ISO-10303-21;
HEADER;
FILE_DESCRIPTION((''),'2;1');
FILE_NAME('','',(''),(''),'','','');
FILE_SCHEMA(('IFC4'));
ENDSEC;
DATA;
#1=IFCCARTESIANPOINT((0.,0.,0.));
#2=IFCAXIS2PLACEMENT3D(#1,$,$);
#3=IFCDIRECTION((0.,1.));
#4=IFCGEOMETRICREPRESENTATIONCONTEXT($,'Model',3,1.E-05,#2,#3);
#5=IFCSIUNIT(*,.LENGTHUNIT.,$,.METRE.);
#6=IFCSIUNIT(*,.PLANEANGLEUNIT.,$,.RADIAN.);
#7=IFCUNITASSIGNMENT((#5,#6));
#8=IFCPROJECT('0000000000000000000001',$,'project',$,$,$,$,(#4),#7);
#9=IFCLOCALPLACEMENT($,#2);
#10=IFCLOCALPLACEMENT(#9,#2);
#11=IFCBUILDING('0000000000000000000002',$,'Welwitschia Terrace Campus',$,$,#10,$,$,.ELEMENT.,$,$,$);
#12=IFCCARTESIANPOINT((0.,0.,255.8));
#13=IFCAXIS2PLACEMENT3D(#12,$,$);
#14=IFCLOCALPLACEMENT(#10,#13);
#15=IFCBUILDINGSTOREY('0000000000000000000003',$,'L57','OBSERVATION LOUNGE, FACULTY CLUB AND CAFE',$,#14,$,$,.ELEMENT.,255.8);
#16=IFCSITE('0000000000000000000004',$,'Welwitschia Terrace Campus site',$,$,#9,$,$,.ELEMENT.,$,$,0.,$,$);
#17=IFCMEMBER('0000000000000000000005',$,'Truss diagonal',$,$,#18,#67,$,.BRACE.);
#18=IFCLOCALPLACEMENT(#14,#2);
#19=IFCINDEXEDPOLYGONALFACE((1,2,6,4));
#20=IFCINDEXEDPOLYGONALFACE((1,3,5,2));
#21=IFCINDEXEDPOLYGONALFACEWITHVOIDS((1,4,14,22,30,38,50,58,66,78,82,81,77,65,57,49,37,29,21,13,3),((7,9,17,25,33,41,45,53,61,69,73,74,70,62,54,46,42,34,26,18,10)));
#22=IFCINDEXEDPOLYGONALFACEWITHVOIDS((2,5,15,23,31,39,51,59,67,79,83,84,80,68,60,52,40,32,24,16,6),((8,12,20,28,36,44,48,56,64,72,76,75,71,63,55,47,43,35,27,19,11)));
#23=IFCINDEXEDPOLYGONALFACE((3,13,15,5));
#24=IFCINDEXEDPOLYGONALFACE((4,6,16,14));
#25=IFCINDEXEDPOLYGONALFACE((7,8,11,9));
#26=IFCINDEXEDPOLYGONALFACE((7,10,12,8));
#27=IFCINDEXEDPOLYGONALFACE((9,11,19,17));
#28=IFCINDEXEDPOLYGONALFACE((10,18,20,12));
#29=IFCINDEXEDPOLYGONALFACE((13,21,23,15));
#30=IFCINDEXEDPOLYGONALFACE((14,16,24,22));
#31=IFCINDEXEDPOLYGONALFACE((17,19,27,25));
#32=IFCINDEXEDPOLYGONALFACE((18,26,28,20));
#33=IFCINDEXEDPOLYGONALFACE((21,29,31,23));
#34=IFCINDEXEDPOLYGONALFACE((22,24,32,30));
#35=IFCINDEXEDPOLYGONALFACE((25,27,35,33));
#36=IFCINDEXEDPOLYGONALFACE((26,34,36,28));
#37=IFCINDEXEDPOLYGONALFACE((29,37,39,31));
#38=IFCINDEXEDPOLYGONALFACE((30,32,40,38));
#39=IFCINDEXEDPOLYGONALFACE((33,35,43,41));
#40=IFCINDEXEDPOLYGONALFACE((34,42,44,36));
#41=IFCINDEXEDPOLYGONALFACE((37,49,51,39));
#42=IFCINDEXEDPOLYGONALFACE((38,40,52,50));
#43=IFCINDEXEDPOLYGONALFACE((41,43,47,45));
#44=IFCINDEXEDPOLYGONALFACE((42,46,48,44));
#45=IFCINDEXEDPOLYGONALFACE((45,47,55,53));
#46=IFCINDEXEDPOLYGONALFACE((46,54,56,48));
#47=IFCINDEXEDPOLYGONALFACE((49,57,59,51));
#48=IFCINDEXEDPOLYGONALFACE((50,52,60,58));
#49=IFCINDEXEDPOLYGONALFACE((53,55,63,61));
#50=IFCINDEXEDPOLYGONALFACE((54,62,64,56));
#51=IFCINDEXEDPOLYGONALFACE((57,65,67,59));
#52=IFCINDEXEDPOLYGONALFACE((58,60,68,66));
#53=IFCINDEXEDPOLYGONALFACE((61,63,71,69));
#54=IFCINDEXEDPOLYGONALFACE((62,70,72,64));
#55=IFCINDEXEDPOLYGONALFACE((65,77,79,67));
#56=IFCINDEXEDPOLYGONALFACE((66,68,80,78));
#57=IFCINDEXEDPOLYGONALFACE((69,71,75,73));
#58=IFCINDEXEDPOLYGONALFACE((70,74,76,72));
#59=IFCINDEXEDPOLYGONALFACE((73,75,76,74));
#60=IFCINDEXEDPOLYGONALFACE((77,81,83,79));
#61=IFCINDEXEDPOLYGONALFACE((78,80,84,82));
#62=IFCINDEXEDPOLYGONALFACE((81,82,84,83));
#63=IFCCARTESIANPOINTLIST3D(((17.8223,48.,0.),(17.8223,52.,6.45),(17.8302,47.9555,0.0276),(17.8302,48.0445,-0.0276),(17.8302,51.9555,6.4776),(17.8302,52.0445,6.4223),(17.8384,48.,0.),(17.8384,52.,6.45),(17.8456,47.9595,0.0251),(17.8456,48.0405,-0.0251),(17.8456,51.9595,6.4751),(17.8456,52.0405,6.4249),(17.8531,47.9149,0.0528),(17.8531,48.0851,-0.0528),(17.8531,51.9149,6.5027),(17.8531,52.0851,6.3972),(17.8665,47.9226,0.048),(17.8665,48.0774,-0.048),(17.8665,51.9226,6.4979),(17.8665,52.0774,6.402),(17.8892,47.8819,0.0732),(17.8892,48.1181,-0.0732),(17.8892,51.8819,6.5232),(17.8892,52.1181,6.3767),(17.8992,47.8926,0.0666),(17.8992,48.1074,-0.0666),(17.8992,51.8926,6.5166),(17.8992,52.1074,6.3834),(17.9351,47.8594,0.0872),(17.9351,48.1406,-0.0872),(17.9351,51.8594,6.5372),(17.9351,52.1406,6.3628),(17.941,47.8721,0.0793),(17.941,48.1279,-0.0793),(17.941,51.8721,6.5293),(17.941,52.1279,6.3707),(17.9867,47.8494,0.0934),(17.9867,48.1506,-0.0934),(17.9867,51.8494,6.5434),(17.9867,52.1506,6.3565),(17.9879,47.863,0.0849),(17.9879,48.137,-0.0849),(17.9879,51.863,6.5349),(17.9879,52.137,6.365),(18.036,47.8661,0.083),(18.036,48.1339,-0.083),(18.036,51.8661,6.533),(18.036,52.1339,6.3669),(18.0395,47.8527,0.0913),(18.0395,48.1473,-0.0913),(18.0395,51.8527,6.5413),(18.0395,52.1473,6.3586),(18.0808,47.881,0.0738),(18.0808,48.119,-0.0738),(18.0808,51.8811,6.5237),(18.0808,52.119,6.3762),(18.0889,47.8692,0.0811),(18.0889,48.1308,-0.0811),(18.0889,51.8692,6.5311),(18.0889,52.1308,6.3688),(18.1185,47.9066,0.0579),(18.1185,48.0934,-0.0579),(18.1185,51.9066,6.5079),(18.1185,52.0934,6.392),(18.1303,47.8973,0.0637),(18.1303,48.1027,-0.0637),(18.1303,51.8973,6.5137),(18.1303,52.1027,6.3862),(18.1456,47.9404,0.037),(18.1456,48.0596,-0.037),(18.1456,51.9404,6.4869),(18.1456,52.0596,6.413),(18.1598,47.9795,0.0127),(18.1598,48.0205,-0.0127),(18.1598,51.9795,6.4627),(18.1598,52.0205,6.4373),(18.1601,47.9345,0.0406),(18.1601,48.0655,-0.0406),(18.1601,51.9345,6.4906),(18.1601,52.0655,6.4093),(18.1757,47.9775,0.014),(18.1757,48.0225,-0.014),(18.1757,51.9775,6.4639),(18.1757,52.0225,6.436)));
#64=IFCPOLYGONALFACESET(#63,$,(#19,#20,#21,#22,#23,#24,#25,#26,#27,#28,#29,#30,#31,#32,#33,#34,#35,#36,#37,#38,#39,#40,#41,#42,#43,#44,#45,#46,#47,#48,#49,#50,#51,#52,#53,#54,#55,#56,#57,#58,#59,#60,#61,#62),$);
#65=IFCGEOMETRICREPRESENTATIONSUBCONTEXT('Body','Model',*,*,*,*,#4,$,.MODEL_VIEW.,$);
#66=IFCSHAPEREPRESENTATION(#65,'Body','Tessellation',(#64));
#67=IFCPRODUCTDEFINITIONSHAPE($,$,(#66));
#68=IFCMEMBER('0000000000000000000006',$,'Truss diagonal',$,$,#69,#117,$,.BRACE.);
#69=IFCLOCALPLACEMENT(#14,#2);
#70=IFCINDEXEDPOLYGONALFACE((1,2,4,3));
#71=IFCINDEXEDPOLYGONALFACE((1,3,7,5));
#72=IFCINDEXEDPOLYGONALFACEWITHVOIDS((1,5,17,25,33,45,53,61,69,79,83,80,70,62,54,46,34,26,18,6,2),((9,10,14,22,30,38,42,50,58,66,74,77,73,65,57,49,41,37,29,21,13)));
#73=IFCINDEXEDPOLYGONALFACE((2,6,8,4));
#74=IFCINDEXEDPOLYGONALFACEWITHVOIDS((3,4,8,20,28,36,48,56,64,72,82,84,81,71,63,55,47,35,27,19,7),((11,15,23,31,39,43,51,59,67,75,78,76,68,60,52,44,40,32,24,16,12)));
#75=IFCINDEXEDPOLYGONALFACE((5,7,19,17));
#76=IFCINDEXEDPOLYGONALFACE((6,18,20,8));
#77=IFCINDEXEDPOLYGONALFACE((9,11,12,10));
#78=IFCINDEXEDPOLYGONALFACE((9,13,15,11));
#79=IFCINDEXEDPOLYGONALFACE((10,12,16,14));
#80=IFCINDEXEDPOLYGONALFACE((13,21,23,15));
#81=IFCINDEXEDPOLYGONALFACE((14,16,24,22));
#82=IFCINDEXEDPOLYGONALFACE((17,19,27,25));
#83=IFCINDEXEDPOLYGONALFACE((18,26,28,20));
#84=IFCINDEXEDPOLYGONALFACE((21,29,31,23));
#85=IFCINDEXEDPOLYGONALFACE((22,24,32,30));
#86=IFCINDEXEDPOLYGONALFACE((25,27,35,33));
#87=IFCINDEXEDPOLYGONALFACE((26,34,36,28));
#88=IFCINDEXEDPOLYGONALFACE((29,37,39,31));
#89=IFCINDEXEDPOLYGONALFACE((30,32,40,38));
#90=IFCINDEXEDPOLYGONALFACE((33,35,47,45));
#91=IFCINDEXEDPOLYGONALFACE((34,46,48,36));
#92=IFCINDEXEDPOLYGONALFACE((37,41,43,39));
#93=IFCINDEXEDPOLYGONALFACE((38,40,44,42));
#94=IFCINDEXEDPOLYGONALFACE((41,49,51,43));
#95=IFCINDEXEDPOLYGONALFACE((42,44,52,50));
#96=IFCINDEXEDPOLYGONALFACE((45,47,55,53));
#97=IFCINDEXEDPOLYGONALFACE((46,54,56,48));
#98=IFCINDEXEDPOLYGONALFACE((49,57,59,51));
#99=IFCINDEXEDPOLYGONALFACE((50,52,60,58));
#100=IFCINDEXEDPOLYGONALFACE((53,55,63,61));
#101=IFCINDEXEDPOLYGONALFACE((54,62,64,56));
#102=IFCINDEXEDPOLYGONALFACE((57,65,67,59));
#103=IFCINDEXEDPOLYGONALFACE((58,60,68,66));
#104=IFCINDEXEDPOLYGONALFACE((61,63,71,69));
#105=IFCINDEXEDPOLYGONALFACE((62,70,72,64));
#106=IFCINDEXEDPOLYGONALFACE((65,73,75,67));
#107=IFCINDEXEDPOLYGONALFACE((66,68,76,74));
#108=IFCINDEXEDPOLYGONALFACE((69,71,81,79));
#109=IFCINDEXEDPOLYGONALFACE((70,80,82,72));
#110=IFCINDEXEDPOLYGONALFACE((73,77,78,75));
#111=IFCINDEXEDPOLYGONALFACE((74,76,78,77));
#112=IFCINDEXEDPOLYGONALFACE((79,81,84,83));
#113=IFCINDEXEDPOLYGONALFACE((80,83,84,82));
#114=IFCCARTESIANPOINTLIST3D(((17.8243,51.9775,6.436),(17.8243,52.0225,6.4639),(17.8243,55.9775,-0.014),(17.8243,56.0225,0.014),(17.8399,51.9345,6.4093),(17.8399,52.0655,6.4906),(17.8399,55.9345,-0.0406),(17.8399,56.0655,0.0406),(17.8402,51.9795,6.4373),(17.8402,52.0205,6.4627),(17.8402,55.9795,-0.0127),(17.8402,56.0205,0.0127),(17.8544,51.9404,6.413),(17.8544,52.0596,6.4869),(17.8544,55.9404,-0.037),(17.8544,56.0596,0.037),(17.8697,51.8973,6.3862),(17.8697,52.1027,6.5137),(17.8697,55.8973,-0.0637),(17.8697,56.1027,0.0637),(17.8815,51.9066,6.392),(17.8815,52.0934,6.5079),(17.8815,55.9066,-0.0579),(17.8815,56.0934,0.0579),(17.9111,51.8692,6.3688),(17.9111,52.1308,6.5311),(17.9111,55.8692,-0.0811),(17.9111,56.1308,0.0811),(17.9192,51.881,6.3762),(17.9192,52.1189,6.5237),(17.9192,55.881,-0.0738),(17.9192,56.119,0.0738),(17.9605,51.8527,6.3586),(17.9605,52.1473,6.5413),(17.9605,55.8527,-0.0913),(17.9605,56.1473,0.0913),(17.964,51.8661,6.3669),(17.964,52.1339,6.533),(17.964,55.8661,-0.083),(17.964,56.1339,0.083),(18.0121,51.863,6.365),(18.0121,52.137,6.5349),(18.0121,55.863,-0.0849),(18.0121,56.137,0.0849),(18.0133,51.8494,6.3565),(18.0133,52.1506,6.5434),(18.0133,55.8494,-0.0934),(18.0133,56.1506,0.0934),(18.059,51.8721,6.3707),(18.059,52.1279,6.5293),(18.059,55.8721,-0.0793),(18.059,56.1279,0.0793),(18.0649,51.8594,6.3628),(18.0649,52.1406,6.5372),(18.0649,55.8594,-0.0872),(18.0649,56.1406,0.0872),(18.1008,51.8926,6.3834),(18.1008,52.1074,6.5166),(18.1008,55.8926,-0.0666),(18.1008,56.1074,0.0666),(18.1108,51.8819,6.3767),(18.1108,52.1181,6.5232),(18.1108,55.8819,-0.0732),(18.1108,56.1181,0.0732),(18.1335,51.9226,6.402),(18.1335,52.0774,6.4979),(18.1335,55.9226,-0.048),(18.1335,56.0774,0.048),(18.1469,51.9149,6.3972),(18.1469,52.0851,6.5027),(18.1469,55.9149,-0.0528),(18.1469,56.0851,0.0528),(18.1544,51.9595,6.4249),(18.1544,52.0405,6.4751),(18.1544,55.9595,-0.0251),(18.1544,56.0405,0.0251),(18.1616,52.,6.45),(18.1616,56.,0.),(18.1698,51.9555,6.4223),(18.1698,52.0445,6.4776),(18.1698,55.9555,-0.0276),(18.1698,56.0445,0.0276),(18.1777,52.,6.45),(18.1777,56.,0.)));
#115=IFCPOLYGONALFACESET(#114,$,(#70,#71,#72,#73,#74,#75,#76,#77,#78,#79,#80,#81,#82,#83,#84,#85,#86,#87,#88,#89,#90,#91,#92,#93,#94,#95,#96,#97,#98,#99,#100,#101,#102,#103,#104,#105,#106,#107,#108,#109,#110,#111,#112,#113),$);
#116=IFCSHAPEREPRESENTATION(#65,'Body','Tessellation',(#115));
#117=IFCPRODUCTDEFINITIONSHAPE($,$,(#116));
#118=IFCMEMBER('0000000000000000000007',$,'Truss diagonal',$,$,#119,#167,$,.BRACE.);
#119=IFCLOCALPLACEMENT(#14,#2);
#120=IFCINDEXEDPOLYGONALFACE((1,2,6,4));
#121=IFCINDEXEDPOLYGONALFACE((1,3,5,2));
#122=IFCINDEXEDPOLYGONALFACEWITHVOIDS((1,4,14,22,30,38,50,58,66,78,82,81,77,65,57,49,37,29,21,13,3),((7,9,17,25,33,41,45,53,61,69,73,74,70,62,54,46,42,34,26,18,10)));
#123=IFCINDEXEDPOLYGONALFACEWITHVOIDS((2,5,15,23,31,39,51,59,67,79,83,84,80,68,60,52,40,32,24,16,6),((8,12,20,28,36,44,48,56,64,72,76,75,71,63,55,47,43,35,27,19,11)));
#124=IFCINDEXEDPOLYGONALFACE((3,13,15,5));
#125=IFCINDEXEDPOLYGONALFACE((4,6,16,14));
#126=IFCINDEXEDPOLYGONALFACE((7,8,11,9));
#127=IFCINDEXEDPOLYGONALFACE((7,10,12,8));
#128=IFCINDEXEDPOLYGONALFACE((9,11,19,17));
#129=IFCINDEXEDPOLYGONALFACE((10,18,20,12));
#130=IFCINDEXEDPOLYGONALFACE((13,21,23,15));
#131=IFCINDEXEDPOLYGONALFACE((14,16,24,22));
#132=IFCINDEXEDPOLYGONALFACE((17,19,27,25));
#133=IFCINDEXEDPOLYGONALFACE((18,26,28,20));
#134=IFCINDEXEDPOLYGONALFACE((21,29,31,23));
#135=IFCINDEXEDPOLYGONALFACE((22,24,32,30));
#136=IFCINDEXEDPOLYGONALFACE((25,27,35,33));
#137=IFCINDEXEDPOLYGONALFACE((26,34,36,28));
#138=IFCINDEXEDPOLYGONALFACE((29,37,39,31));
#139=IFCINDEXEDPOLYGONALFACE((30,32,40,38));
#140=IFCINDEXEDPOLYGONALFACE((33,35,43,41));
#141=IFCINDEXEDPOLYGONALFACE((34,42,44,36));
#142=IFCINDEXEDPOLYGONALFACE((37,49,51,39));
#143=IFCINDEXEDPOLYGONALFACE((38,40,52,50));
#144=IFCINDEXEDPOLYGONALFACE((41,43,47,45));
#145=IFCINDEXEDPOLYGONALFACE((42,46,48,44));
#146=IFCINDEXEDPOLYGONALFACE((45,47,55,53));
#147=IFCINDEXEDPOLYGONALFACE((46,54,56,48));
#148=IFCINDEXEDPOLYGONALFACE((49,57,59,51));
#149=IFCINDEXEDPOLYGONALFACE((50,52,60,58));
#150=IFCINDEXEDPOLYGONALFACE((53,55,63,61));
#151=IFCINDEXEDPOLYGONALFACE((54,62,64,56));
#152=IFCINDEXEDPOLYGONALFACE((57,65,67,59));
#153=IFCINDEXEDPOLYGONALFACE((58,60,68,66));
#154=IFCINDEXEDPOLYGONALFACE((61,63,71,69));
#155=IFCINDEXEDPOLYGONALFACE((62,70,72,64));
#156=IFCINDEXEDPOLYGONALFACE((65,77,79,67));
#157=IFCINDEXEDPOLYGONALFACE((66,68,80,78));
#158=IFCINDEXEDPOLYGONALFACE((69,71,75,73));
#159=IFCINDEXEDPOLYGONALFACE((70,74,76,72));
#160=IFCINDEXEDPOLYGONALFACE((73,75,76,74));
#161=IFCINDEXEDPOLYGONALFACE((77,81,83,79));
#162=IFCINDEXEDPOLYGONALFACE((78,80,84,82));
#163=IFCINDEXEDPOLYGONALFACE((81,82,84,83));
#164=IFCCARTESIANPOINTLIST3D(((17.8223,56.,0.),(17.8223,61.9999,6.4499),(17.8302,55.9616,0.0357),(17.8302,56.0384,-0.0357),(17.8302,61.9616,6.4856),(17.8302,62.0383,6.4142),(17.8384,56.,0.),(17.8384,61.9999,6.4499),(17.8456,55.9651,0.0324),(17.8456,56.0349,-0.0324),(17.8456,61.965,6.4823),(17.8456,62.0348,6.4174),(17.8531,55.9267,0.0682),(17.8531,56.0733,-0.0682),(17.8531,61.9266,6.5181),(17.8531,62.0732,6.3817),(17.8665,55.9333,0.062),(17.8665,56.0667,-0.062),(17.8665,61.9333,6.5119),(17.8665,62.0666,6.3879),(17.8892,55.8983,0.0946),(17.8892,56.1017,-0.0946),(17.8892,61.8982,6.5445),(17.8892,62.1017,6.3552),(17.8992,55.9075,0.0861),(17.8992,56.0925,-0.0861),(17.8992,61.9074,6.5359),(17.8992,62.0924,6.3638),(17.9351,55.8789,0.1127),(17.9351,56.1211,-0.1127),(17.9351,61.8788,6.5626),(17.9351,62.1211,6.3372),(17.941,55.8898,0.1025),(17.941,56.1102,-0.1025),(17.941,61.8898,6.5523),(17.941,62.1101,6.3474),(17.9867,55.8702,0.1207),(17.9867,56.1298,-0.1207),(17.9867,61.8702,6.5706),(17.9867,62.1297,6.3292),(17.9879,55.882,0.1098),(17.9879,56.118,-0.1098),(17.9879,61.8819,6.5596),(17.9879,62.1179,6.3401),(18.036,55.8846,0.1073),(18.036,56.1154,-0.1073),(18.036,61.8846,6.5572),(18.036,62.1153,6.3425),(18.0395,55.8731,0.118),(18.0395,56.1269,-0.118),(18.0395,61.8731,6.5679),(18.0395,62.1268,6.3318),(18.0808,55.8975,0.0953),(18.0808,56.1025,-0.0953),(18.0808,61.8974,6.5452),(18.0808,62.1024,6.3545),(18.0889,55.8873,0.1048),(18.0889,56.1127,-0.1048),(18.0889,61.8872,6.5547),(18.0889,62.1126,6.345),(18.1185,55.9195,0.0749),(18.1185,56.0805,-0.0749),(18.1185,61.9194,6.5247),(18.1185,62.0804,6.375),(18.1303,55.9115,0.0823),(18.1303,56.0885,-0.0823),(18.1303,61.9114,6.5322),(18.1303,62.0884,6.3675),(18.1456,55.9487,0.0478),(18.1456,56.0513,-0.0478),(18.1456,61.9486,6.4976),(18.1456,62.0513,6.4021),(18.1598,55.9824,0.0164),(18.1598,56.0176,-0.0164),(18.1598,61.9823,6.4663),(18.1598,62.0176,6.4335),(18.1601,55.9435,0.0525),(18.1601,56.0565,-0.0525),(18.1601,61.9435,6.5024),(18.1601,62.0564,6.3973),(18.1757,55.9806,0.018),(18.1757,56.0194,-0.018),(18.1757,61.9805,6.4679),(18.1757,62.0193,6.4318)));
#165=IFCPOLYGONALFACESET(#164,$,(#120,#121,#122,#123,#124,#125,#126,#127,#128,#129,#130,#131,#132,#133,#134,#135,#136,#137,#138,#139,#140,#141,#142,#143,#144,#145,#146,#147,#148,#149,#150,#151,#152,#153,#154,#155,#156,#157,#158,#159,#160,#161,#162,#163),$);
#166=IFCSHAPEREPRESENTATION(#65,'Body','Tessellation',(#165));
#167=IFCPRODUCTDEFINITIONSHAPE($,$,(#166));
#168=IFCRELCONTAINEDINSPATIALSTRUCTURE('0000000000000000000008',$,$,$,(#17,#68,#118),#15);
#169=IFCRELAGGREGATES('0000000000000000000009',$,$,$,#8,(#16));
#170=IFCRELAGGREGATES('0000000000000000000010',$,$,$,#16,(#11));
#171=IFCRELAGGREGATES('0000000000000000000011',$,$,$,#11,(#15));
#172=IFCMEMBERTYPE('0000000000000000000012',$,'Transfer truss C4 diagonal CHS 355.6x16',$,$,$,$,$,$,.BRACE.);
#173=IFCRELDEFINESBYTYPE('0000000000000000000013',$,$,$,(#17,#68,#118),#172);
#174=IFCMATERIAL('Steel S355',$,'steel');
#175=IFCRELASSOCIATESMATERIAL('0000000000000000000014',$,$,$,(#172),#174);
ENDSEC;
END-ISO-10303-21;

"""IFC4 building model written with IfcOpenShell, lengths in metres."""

from ifc_helpers import new_model, si_unit, direction, frame, origin, origin_2d, place, context, subcontext, project, spatial, hollow_circle, extrude, material, material_profile, profile_set, type_object, element, save


model = new_model("IFC4")

# Units and contexts
model_context = context("Model", 3, precision=1e-05, world=origin(), true_north=direction((0.0, 1.0)))
body_context = subcontext(model_context, "Body", "Model", "MODEL_VIEW")
ifc_project = project(units=[si_unit("LENGTHUNIT", "METRE"), si_unit("PLANEANGLEUNIT", "RADIAN")], contexts=[model_context])

# Site, building, storey
site_placement = place(None, origin())
site = spatial("IfcSite", under=ifc_project, at=site_placement, Name="Welwitschia Terrace Campus site", CompositionType="ELEMENT", RefElevation=0.0)
building_placement = place(site_placement, origin())
building = spatial("IfcBuilding", under=site, at=building_placement, Name="Welwitschia Terrace Campus", CompositionType="ELEMENT")
storey_placement = place(building_placement, frame((0.0, 0.0, 255.8)))
storey = spatial("IfcBuildingStorey", under=building, at=storey_placement, Name="L57", Description="OBSERVATION LOUNGE, FACULTY CLUB AND CAFE", CompositionType="ELEMENT", Elevation=255.8)

# Members
ifc_material_1 = material(Name="Steel S355", Category="steel")
ifc_material_profile_1 = material_profile(ifc_material_1, hollow_circle(Radius=0.1777, WallThickness=0.0161, at=origin_2d()))
ifc_profile_set_1 = profile_set([ifc_material_profile_1], Name="Steel S355")
member_type_1 = type_object("IfcMemberType", Name="Transfer truss C4 diagonal CHS 355.6x16", PredefinedType="BRACE", material=ifc_profile_set_1)
for number, where, z_axis, x_axis, name in (
    (1, (18.0, 48.0, 0.0), (0.0, 0.527038, 0.849842), (-1.0, 0.0, 0.0), "Truss diagonal"),
    (2, (18.0, 56.0, 0.0), (0.0, -0.527038, 0.849842), (1.0, 0.0, 0.0), "Truss diagonal"),
):
    element("IfcMember", number, at=place(storey_placement, frame(where, z_axis=z_axis, x_axis=x_axis)), inside=storey, type_object=member_type_1, Name=name, PredefinedType="BRACE", context=body_context, shape_type="SweptSolid", body=[
        extrude(hollow_circle(Radius=0.1777, WallThickness=0.0161, at=origin_2d()), origin(), (0.0, 0.0, 1.0), 7.5896),
    ])
member_1_placement = place(storey_placement, frame((18.0, 56.0, 0.0), z_axis=(0.0, 0.681107, 0.732184), x_axis=(-1.0, 0.0, 0.0)))
element("IfcMember", 3, at=member_1_placement, inside=storey, type_object=member_type_1, Name="Truss diagonal", PredefinedType="BRACE", context=body_context, shape_type="SweptSolid", body=[
    extrude(hollow_circle(Radius=0.1777, WallThickness=0.0161, at=origin_2d()), origin(), (0.0, 0.0, 1.0), 8.8091),
])

save(model, "model.ifc")
